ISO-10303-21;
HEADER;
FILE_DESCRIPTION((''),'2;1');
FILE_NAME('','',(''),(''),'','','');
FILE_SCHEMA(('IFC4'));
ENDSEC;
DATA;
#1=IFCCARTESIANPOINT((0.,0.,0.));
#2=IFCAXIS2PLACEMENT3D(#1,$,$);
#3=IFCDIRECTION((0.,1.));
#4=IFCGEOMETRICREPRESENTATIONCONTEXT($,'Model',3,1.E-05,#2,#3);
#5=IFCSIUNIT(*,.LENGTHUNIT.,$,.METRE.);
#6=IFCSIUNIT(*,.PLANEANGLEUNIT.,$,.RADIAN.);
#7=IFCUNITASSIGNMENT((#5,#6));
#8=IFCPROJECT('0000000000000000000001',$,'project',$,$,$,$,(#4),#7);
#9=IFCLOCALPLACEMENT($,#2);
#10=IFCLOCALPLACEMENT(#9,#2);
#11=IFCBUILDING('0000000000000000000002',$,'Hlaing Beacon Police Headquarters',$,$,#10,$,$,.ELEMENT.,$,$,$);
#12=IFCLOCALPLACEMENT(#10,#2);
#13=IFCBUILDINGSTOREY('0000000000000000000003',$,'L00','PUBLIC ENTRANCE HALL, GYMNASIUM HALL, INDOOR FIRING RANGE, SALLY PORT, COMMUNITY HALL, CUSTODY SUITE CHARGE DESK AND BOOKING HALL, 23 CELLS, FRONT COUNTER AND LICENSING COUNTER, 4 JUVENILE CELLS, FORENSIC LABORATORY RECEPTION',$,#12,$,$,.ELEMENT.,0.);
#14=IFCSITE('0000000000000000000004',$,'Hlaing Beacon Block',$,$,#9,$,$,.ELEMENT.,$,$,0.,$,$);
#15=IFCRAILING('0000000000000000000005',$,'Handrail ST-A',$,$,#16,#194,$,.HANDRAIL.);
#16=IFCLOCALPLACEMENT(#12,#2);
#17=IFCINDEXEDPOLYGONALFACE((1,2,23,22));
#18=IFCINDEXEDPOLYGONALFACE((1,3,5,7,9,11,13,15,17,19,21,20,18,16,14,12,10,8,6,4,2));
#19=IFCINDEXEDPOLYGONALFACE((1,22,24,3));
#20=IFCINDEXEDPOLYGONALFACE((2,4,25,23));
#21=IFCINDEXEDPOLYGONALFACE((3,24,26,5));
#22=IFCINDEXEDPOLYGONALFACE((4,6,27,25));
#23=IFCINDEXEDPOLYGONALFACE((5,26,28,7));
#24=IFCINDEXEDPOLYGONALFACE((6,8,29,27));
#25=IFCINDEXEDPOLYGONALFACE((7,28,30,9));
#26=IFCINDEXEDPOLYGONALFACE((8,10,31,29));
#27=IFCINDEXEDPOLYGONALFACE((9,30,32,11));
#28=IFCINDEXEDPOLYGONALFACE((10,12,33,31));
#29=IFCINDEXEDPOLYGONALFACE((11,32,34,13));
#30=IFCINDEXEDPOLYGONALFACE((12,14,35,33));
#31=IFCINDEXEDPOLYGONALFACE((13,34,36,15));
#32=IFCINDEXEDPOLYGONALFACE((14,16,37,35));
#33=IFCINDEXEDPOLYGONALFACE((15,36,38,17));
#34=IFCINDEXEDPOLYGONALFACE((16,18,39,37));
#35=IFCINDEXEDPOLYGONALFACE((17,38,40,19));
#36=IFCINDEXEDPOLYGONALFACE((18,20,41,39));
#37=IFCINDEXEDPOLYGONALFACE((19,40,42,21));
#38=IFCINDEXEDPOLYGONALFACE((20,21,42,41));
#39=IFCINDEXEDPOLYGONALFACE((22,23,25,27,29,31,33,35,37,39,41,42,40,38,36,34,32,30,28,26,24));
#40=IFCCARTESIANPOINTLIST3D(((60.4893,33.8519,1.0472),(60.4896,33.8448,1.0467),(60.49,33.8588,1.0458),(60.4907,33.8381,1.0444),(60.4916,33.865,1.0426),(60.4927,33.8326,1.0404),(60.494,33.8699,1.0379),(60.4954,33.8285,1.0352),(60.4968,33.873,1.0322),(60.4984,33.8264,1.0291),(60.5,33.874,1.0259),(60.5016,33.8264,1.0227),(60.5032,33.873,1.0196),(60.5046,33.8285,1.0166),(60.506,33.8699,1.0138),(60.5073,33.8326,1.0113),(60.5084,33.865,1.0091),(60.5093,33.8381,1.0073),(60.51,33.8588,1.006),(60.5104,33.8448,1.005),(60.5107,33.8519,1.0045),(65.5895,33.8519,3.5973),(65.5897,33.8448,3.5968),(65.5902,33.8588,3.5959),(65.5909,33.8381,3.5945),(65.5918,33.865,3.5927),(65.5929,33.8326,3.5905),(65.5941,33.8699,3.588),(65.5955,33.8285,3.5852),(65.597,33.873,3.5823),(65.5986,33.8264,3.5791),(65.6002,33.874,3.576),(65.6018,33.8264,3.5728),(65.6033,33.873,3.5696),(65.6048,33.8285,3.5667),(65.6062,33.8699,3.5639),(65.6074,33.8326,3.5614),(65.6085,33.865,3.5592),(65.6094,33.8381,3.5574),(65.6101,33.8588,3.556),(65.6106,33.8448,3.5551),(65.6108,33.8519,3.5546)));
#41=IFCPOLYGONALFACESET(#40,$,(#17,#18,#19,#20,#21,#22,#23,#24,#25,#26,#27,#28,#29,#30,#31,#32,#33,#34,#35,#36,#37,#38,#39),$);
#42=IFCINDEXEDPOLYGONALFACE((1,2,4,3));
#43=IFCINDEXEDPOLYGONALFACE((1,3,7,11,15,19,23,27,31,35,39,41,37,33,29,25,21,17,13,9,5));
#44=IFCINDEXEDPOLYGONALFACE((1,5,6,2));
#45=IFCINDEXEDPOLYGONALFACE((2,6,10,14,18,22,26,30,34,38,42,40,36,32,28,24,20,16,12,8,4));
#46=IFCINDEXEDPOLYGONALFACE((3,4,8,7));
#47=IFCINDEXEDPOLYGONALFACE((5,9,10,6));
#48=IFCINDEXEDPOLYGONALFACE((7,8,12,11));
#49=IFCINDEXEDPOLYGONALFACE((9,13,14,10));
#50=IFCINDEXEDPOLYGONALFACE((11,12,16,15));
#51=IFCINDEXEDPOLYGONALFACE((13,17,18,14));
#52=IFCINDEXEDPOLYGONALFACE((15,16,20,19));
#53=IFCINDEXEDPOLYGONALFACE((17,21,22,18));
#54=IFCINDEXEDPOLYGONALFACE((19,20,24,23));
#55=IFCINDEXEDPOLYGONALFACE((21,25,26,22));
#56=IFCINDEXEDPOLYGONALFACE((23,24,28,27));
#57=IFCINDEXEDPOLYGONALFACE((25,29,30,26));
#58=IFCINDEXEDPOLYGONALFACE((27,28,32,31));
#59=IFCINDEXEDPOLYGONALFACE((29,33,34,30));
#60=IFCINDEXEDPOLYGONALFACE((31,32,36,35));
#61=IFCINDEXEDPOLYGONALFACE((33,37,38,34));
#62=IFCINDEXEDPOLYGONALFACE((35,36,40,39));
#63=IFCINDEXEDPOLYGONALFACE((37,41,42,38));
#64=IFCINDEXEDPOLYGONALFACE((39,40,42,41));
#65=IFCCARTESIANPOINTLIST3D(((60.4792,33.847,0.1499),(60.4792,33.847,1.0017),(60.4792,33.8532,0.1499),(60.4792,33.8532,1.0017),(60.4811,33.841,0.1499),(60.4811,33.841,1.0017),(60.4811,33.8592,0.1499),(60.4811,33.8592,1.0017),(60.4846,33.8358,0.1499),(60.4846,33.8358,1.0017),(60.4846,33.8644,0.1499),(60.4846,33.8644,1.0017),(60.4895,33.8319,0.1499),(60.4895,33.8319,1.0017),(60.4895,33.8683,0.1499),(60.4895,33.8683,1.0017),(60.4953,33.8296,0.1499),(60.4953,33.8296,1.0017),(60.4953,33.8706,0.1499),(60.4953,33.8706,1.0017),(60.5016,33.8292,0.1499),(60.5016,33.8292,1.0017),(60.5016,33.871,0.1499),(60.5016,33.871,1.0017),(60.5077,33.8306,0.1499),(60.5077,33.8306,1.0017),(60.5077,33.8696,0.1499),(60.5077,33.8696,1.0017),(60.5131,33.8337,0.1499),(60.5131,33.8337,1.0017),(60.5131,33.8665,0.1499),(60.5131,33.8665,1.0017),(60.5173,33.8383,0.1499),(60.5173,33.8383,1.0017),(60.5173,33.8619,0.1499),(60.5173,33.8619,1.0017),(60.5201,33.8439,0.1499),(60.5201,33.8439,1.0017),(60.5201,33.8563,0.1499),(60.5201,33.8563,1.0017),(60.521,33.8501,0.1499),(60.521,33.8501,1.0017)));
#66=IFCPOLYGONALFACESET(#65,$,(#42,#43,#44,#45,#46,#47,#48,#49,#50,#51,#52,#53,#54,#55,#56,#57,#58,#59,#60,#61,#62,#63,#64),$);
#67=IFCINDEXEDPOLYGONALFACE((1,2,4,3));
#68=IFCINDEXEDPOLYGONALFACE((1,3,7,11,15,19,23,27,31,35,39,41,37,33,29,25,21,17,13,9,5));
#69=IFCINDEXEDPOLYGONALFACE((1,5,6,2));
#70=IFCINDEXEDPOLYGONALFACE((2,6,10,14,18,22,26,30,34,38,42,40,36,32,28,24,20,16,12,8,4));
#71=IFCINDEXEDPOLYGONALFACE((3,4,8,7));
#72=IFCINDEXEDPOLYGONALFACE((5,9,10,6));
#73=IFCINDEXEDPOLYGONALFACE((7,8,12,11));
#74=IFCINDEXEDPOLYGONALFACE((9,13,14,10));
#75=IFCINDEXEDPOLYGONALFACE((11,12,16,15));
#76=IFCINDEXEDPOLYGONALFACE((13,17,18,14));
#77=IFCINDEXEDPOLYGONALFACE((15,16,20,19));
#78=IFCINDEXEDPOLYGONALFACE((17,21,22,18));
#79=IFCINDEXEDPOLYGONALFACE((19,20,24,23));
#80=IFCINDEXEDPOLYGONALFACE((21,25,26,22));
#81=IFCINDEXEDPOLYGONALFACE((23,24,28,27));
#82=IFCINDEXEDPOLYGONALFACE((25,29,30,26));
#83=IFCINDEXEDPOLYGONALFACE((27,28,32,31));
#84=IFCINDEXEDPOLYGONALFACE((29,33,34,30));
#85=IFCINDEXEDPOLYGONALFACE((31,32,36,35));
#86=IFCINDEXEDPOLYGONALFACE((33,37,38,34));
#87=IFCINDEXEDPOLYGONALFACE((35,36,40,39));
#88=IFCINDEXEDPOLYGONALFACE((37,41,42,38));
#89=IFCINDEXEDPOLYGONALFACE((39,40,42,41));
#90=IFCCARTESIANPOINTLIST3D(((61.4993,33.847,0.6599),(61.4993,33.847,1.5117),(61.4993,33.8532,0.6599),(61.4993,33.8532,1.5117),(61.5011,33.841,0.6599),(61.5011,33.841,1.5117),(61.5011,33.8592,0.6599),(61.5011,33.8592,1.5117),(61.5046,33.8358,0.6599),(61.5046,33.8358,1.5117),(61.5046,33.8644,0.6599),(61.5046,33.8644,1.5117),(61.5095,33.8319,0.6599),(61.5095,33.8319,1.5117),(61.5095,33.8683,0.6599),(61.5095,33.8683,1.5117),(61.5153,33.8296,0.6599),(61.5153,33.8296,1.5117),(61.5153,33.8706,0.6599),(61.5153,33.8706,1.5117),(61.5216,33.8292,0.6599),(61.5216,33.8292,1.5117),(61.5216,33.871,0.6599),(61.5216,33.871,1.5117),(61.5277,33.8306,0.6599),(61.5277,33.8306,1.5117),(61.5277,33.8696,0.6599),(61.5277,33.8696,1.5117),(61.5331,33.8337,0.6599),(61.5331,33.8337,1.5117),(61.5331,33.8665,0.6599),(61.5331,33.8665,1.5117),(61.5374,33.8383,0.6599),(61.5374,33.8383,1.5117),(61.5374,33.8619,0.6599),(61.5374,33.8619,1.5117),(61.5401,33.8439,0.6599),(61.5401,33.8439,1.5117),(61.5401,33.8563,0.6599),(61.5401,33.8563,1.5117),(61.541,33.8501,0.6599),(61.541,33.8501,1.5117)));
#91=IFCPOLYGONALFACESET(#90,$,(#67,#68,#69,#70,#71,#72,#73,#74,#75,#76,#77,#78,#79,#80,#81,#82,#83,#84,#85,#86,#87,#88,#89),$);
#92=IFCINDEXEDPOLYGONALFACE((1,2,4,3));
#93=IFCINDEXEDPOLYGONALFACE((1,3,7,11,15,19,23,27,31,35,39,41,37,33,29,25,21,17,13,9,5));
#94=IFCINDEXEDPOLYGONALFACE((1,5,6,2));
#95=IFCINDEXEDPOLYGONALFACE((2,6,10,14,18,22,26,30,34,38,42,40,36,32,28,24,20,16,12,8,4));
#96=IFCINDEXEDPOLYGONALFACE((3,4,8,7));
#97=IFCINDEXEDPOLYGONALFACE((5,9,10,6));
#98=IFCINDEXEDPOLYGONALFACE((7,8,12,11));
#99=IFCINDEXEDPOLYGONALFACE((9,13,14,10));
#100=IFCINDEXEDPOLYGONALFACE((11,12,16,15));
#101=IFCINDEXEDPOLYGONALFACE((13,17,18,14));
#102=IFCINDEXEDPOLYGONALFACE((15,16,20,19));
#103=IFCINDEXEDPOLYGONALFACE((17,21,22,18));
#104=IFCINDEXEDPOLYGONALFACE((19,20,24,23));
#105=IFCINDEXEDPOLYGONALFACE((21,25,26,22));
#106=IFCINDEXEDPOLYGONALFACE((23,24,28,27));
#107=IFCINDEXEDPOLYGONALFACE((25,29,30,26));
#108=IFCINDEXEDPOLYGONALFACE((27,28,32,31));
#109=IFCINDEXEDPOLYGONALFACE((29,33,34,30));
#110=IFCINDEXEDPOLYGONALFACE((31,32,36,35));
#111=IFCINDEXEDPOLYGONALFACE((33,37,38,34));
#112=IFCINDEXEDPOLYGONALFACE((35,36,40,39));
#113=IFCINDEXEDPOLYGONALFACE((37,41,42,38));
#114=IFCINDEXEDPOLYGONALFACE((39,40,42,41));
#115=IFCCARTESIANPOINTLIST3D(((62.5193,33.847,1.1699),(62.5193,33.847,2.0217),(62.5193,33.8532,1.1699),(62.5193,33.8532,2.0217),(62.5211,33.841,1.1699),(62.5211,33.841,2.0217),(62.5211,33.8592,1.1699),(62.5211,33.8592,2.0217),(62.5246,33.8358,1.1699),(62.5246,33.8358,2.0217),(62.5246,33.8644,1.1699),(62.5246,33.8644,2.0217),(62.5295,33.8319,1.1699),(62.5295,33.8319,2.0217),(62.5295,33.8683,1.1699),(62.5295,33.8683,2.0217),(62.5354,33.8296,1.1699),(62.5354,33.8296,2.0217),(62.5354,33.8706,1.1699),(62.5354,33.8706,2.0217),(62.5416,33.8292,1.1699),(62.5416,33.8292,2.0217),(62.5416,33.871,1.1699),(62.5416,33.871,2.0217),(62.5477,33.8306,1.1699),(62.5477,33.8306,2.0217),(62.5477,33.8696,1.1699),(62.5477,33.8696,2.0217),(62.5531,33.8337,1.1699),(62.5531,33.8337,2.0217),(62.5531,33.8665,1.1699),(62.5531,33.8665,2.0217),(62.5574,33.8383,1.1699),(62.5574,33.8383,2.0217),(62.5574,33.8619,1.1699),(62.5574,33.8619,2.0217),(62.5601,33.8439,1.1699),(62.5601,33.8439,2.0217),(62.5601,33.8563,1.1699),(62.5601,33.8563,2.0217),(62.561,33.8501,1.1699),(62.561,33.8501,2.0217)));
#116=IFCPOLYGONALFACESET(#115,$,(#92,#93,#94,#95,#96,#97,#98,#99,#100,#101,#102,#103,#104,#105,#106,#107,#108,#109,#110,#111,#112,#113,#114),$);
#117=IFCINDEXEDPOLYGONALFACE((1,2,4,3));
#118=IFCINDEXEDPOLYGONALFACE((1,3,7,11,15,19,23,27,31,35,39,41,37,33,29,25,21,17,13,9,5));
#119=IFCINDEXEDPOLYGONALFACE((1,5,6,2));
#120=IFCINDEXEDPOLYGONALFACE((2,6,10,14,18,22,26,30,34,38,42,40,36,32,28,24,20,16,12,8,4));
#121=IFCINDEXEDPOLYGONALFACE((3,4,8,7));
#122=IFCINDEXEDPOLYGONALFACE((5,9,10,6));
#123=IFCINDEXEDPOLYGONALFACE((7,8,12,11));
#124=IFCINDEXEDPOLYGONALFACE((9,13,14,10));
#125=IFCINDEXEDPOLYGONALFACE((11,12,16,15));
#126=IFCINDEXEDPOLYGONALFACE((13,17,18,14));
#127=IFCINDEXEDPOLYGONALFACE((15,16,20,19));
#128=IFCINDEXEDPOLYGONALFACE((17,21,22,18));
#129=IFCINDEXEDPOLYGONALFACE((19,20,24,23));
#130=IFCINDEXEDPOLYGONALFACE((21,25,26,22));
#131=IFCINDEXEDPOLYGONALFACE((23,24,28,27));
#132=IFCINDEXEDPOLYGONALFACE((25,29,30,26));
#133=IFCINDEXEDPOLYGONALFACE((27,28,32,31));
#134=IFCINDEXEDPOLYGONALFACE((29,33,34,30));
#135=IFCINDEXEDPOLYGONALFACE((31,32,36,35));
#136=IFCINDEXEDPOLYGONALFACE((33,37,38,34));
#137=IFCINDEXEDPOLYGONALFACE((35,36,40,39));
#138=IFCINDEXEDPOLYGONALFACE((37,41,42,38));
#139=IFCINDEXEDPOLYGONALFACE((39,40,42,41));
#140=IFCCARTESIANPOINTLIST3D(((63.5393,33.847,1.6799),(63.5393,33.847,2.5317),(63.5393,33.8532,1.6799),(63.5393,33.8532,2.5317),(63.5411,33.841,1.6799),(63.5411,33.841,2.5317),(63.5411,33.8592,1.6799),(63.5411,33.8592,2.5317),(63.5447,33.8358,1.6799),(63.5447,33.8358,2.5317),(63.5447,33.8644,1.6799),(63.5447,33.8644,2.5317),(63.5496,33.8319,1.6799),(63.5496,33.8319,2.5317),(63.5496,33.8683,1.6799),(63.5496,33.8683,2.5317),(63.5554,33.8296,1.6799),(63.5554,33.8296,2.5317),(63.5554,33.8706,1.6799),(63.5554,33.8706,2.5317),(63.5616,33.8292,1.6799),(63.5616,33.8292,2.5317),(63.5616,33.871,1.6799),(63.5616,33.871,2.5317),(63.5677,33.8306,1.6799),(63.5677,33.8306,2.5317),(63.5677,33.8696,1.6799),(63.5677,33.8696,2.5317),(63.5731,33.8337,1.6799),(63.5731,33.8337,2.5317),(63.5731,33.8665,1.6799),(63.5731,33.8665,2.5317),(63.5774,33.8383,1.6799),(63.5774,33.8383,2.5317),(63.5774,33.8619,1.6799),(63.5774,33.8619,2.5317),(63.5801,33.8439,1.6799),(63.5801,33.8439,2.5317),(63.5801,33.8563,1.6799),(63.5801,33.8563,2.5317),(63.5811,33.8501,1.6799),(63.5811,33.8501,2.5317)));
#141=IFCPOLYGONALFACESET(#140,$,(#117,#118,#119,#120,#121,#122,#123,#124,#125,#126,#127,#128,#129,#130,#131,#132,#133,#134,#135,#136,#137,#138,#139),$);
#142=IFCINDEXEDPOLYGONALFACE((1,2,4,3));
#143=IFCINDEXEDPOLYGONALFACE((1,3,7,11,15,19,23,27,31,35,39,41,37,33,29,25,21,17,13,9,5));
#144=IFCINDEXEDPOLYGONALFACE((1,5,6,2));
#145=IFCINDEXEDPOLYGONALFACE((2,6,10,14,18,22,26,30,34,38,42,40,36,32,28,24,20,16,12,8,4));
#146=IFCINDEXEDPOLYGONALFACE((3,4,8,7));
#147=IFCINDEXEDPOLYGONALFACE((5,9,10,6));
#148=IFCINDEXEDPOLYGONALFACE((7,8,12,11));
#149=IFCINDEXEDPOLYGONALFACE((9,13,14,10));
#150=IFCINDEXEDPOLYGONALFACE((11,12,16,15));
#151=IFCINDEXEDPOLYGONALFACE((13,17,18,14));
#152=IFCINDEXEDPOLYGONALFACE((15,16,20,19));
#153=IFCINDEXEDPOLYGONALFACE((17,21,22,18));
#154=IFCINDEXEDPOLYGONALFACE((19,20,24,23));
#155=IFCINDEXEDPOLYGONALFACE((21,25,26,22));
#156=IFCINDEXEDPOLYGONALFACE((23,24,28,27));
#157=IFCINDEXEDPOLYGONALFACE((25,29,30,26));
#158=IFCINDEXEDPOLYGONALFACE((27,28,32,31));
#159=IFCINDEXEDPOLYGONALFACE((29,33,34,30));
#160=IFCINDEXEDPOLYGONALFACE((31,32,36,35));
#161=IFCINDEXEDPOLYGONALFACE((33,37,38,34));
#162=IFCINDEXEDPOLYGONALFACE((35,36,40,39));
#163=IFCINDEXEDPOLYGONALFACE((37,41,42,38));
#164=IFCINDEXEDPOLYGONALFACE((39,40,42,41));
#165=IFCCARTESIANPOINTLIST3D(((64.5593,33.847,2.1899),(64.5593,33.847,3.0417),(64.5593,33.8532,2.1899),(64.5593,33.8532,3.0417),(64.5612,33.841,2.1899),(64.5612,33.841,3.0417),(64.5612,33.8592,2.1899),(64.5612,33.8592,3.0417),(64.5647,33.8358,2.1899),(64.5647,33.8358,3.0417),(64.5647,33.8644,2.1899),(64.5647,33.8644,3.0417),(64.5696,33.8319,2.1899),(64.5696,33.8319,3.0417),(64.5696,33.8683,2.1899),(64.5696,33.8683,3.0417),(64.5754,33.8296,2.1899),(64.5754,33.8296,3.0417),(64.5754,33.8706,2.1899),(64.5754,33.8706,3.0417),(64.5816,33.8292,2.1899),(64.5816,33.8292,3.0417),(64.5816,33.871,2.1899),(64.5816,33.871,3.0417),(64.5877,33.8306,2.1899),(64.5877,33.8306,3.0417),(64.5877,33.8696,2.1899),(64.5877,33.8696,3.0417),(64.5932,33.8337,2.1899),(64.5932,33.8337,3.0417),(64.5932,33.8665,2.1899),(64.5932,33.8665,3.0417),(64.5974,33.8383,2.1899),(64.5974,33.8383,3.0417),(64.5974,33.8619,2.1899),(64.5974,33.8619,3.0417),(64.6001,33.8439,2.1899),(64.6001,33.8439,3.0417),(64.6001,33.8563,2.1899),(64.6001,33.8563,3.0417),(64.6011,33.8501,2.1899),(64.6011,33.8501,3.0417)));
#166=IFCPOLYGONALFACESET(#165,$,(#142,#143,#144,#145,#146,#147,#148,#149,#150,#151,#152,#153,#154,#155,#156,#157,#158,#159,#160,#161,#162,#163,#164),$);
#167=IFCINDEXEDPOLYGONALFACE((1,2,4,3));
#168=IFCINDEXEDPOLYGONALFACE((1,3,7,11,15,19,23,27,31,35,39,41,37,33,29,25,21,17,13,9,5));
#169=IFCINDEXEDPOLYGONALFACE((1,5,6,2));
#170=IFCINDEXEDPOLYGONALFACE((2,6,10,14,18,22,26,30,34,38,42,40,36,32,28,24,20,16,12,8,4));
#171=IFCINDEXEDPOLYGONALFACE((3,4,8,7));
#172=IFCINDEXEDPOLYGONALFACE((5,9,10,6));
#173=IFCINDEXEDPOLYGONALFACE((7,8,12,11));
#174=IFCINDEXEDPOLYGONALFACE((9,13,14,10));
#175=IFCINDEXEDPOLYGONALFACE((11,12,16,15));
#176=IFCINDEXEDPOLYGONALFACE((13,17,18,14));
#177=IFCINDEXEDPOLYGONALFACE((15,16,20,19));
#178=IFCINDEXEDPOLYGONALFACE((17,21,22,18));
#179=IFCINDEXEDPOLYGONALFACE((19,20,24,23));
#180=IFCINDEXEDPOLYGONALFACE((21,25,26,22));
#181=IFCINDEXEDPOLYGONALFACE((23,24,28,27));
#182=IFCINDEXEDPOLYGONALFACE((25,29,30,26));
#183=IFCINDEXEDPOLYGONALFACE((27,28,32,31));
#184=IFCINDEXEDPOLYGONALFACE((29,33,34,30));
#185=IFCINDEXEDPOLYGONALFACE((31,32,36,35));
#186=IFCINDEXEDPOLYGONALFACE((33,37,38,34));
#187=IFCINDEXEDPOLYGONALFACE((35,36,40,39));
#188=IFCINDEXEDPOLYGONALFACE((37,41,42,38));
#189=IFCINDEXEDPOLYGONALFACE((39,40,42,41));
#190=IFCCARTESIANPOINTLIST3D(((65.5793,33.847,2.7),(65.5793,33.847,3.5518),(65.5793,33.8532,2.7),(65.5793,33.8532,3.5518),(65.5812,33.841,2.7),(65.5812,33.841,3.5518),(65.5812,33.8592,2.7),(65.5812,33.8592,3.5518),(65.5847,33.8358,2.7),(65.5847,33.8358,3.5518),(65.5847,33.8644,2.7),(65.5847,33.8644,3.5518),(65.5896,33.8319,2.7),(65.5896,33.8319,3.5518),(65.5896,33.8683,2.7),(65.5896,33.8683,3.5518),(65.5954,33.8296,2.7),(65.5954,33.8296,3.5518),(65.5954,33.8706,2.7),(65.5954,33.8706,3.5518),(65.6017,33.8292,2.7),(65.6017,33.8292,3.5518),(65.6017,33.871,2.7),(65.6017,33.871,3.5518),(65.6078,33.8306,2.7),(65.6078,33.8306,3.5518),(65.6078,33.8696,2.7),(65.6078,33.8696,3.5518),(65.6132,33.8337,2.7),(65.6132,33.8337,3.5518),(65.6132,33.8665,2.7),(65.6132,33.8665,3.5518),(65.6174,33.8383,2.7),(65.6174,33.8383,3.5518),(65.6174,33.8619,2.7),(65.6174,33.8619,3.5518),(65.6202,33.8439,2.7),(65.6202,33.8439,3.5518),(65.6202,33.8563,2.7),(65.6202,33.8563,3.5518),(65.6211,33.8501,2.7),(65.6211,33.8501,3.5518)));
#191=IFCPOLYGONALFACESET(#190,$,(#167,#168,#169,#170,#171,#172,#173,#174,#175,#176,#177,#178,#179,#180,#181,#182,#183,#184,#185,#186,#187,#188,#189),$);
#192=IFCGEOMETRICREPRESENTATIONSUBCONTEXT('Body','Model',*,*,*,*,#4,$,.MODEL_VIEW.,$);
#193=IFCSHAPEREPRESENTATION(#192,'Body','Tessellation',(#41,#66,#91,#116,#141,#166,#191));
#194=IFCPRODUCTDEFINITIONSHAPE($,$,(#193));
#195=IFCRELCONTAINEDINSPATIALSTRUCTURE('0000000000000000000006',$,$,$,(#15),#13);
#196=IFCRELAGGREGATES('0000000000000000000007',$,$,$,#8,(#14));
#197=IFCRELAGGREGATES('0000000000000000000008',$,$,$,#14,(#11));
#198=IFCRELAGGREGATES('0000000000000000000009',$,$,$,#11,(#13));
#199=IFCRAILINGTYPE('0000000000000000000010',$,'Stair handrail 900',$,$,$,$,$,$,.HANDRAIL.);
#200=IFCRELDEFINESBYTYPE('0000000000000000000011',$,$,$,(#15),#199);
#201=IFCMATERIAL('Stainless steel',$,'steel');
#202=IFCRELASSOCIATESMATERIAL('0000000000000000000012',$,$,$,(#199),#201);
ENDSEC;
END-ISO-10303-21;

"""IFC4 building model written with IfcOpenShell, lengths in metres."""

from ifc_helpers import new_model, si_unit, direction, frame, origin, origin_2d, place, context, subcontext, project, spatial, circle, extrude, material, type_object, element, save


model = new_model("IFC4")

# Units and contexts
model_context = context("Model", 3, precision=1e-05, world=origin(), true_north=direction((0.0, 1.0)))
body_context = subcontext(model_context, "Body", "Model", "MODEL_VIEW")
ifc_project = project(units=[si_unit("LENGTHUNIT", "METRE"), si_unit("PLANEANGLEUNIT", "RADIAN")], contexts=[model_context])

# Site, building, storey
site_placement = place(None, origin())
site = spatial("IfcSite", under=ifc_project, at=site_placement, Name="Hlaing Beacon Block", CompositionType="ELEMENT", RefElevation=0.0)
building_placement = place(site_placement, origin())
building = spatial("IfcBuilding", under=site, at=building_placement, Name="Hlaing Beacon Police Headquarters", CompositionType="ELEMENT")
storey_placement = place(building_placement, origin())
storey = spatial("IfcBuildingStorey", under=building, at=storey_placement, Name="L00", Description="PUBLIC ENTRANCE HALL, GYMNASIUM HALL, INDOOR FIRING RANGE, SALLY PORT, COMMUNITY HALL, CUSTODY SUITE CHARGE DESK AND BOOKING HALL, 23 CELLS, FRONT COUNTER AND LICENSING COUNTER, 4 JUVENILE CELLS, FORENSIC LABORATORY RECEPTION", CompositionType="ELEMENT", Elevation=0.0)

# Railing
ifc_material_1 = material(Name="Stainless steel", Category="steel")
railing_type_1 = type_object("IfcRailingType", Name="Stair handrail 900", PredefinedType="HANDRAIL", material=ifc_material_1)
for number, where, name in (
    (1, (60.5, 33.8501, 0.1499), "Handrail ST-A"),
):
    element("IfcRailing", number, at=place(storey_placement, frame(where)), inside=storey, type_object=railing_type_1, Name=name, PredefinedType="HANDRAIL", context=body_context, shape_type="SweptSolid", body=[
        extrude(circle(Radius=0.0239, at=origin_2d()), frame((0.0, 0.0, 0.876), z_axis=(0.894427, 0.0, 0.447214), x_axis=(0.0, 1.0, 0.0)), (0.0, 0.0, 1.0), 5.7021),
        extrude(circle(Radius=0.021, at=origin_2d()), origin(), (0.0, 0.0, 1.0), 0.8518),
        extrude(circle(Radius=0.021, at=origin_2d()), frame((1.02, 0.0, 0.51)), (0.0, 0.0, 1.0), 0.8518),
        extrude(circle(Radius=0.021, at=origin_2d()), frame((2.04, 0.0, 1.02)), (0.0, 0.0, 1.0), 0.8518),
        extrude(circle(Radius=0.021, at=origin_2d()), frame((3.0601, 0.0, 1.53)), (0.0, 0.0, 1.0), 0.8518),
        extrude(circle(Radius=0.021, at=origin_2d()), frame((4.0801, 0.0, 2.04)), (0.0, 0.0, 1.0), 0.8518),
        extrude(circle(Radius=0.021, at=origin_2d()), frame((5.1001, 0.0, 2.55)), (0.0, 0.0, 1.0), 0.8518),
    ])

save(model, "model.ifc")
